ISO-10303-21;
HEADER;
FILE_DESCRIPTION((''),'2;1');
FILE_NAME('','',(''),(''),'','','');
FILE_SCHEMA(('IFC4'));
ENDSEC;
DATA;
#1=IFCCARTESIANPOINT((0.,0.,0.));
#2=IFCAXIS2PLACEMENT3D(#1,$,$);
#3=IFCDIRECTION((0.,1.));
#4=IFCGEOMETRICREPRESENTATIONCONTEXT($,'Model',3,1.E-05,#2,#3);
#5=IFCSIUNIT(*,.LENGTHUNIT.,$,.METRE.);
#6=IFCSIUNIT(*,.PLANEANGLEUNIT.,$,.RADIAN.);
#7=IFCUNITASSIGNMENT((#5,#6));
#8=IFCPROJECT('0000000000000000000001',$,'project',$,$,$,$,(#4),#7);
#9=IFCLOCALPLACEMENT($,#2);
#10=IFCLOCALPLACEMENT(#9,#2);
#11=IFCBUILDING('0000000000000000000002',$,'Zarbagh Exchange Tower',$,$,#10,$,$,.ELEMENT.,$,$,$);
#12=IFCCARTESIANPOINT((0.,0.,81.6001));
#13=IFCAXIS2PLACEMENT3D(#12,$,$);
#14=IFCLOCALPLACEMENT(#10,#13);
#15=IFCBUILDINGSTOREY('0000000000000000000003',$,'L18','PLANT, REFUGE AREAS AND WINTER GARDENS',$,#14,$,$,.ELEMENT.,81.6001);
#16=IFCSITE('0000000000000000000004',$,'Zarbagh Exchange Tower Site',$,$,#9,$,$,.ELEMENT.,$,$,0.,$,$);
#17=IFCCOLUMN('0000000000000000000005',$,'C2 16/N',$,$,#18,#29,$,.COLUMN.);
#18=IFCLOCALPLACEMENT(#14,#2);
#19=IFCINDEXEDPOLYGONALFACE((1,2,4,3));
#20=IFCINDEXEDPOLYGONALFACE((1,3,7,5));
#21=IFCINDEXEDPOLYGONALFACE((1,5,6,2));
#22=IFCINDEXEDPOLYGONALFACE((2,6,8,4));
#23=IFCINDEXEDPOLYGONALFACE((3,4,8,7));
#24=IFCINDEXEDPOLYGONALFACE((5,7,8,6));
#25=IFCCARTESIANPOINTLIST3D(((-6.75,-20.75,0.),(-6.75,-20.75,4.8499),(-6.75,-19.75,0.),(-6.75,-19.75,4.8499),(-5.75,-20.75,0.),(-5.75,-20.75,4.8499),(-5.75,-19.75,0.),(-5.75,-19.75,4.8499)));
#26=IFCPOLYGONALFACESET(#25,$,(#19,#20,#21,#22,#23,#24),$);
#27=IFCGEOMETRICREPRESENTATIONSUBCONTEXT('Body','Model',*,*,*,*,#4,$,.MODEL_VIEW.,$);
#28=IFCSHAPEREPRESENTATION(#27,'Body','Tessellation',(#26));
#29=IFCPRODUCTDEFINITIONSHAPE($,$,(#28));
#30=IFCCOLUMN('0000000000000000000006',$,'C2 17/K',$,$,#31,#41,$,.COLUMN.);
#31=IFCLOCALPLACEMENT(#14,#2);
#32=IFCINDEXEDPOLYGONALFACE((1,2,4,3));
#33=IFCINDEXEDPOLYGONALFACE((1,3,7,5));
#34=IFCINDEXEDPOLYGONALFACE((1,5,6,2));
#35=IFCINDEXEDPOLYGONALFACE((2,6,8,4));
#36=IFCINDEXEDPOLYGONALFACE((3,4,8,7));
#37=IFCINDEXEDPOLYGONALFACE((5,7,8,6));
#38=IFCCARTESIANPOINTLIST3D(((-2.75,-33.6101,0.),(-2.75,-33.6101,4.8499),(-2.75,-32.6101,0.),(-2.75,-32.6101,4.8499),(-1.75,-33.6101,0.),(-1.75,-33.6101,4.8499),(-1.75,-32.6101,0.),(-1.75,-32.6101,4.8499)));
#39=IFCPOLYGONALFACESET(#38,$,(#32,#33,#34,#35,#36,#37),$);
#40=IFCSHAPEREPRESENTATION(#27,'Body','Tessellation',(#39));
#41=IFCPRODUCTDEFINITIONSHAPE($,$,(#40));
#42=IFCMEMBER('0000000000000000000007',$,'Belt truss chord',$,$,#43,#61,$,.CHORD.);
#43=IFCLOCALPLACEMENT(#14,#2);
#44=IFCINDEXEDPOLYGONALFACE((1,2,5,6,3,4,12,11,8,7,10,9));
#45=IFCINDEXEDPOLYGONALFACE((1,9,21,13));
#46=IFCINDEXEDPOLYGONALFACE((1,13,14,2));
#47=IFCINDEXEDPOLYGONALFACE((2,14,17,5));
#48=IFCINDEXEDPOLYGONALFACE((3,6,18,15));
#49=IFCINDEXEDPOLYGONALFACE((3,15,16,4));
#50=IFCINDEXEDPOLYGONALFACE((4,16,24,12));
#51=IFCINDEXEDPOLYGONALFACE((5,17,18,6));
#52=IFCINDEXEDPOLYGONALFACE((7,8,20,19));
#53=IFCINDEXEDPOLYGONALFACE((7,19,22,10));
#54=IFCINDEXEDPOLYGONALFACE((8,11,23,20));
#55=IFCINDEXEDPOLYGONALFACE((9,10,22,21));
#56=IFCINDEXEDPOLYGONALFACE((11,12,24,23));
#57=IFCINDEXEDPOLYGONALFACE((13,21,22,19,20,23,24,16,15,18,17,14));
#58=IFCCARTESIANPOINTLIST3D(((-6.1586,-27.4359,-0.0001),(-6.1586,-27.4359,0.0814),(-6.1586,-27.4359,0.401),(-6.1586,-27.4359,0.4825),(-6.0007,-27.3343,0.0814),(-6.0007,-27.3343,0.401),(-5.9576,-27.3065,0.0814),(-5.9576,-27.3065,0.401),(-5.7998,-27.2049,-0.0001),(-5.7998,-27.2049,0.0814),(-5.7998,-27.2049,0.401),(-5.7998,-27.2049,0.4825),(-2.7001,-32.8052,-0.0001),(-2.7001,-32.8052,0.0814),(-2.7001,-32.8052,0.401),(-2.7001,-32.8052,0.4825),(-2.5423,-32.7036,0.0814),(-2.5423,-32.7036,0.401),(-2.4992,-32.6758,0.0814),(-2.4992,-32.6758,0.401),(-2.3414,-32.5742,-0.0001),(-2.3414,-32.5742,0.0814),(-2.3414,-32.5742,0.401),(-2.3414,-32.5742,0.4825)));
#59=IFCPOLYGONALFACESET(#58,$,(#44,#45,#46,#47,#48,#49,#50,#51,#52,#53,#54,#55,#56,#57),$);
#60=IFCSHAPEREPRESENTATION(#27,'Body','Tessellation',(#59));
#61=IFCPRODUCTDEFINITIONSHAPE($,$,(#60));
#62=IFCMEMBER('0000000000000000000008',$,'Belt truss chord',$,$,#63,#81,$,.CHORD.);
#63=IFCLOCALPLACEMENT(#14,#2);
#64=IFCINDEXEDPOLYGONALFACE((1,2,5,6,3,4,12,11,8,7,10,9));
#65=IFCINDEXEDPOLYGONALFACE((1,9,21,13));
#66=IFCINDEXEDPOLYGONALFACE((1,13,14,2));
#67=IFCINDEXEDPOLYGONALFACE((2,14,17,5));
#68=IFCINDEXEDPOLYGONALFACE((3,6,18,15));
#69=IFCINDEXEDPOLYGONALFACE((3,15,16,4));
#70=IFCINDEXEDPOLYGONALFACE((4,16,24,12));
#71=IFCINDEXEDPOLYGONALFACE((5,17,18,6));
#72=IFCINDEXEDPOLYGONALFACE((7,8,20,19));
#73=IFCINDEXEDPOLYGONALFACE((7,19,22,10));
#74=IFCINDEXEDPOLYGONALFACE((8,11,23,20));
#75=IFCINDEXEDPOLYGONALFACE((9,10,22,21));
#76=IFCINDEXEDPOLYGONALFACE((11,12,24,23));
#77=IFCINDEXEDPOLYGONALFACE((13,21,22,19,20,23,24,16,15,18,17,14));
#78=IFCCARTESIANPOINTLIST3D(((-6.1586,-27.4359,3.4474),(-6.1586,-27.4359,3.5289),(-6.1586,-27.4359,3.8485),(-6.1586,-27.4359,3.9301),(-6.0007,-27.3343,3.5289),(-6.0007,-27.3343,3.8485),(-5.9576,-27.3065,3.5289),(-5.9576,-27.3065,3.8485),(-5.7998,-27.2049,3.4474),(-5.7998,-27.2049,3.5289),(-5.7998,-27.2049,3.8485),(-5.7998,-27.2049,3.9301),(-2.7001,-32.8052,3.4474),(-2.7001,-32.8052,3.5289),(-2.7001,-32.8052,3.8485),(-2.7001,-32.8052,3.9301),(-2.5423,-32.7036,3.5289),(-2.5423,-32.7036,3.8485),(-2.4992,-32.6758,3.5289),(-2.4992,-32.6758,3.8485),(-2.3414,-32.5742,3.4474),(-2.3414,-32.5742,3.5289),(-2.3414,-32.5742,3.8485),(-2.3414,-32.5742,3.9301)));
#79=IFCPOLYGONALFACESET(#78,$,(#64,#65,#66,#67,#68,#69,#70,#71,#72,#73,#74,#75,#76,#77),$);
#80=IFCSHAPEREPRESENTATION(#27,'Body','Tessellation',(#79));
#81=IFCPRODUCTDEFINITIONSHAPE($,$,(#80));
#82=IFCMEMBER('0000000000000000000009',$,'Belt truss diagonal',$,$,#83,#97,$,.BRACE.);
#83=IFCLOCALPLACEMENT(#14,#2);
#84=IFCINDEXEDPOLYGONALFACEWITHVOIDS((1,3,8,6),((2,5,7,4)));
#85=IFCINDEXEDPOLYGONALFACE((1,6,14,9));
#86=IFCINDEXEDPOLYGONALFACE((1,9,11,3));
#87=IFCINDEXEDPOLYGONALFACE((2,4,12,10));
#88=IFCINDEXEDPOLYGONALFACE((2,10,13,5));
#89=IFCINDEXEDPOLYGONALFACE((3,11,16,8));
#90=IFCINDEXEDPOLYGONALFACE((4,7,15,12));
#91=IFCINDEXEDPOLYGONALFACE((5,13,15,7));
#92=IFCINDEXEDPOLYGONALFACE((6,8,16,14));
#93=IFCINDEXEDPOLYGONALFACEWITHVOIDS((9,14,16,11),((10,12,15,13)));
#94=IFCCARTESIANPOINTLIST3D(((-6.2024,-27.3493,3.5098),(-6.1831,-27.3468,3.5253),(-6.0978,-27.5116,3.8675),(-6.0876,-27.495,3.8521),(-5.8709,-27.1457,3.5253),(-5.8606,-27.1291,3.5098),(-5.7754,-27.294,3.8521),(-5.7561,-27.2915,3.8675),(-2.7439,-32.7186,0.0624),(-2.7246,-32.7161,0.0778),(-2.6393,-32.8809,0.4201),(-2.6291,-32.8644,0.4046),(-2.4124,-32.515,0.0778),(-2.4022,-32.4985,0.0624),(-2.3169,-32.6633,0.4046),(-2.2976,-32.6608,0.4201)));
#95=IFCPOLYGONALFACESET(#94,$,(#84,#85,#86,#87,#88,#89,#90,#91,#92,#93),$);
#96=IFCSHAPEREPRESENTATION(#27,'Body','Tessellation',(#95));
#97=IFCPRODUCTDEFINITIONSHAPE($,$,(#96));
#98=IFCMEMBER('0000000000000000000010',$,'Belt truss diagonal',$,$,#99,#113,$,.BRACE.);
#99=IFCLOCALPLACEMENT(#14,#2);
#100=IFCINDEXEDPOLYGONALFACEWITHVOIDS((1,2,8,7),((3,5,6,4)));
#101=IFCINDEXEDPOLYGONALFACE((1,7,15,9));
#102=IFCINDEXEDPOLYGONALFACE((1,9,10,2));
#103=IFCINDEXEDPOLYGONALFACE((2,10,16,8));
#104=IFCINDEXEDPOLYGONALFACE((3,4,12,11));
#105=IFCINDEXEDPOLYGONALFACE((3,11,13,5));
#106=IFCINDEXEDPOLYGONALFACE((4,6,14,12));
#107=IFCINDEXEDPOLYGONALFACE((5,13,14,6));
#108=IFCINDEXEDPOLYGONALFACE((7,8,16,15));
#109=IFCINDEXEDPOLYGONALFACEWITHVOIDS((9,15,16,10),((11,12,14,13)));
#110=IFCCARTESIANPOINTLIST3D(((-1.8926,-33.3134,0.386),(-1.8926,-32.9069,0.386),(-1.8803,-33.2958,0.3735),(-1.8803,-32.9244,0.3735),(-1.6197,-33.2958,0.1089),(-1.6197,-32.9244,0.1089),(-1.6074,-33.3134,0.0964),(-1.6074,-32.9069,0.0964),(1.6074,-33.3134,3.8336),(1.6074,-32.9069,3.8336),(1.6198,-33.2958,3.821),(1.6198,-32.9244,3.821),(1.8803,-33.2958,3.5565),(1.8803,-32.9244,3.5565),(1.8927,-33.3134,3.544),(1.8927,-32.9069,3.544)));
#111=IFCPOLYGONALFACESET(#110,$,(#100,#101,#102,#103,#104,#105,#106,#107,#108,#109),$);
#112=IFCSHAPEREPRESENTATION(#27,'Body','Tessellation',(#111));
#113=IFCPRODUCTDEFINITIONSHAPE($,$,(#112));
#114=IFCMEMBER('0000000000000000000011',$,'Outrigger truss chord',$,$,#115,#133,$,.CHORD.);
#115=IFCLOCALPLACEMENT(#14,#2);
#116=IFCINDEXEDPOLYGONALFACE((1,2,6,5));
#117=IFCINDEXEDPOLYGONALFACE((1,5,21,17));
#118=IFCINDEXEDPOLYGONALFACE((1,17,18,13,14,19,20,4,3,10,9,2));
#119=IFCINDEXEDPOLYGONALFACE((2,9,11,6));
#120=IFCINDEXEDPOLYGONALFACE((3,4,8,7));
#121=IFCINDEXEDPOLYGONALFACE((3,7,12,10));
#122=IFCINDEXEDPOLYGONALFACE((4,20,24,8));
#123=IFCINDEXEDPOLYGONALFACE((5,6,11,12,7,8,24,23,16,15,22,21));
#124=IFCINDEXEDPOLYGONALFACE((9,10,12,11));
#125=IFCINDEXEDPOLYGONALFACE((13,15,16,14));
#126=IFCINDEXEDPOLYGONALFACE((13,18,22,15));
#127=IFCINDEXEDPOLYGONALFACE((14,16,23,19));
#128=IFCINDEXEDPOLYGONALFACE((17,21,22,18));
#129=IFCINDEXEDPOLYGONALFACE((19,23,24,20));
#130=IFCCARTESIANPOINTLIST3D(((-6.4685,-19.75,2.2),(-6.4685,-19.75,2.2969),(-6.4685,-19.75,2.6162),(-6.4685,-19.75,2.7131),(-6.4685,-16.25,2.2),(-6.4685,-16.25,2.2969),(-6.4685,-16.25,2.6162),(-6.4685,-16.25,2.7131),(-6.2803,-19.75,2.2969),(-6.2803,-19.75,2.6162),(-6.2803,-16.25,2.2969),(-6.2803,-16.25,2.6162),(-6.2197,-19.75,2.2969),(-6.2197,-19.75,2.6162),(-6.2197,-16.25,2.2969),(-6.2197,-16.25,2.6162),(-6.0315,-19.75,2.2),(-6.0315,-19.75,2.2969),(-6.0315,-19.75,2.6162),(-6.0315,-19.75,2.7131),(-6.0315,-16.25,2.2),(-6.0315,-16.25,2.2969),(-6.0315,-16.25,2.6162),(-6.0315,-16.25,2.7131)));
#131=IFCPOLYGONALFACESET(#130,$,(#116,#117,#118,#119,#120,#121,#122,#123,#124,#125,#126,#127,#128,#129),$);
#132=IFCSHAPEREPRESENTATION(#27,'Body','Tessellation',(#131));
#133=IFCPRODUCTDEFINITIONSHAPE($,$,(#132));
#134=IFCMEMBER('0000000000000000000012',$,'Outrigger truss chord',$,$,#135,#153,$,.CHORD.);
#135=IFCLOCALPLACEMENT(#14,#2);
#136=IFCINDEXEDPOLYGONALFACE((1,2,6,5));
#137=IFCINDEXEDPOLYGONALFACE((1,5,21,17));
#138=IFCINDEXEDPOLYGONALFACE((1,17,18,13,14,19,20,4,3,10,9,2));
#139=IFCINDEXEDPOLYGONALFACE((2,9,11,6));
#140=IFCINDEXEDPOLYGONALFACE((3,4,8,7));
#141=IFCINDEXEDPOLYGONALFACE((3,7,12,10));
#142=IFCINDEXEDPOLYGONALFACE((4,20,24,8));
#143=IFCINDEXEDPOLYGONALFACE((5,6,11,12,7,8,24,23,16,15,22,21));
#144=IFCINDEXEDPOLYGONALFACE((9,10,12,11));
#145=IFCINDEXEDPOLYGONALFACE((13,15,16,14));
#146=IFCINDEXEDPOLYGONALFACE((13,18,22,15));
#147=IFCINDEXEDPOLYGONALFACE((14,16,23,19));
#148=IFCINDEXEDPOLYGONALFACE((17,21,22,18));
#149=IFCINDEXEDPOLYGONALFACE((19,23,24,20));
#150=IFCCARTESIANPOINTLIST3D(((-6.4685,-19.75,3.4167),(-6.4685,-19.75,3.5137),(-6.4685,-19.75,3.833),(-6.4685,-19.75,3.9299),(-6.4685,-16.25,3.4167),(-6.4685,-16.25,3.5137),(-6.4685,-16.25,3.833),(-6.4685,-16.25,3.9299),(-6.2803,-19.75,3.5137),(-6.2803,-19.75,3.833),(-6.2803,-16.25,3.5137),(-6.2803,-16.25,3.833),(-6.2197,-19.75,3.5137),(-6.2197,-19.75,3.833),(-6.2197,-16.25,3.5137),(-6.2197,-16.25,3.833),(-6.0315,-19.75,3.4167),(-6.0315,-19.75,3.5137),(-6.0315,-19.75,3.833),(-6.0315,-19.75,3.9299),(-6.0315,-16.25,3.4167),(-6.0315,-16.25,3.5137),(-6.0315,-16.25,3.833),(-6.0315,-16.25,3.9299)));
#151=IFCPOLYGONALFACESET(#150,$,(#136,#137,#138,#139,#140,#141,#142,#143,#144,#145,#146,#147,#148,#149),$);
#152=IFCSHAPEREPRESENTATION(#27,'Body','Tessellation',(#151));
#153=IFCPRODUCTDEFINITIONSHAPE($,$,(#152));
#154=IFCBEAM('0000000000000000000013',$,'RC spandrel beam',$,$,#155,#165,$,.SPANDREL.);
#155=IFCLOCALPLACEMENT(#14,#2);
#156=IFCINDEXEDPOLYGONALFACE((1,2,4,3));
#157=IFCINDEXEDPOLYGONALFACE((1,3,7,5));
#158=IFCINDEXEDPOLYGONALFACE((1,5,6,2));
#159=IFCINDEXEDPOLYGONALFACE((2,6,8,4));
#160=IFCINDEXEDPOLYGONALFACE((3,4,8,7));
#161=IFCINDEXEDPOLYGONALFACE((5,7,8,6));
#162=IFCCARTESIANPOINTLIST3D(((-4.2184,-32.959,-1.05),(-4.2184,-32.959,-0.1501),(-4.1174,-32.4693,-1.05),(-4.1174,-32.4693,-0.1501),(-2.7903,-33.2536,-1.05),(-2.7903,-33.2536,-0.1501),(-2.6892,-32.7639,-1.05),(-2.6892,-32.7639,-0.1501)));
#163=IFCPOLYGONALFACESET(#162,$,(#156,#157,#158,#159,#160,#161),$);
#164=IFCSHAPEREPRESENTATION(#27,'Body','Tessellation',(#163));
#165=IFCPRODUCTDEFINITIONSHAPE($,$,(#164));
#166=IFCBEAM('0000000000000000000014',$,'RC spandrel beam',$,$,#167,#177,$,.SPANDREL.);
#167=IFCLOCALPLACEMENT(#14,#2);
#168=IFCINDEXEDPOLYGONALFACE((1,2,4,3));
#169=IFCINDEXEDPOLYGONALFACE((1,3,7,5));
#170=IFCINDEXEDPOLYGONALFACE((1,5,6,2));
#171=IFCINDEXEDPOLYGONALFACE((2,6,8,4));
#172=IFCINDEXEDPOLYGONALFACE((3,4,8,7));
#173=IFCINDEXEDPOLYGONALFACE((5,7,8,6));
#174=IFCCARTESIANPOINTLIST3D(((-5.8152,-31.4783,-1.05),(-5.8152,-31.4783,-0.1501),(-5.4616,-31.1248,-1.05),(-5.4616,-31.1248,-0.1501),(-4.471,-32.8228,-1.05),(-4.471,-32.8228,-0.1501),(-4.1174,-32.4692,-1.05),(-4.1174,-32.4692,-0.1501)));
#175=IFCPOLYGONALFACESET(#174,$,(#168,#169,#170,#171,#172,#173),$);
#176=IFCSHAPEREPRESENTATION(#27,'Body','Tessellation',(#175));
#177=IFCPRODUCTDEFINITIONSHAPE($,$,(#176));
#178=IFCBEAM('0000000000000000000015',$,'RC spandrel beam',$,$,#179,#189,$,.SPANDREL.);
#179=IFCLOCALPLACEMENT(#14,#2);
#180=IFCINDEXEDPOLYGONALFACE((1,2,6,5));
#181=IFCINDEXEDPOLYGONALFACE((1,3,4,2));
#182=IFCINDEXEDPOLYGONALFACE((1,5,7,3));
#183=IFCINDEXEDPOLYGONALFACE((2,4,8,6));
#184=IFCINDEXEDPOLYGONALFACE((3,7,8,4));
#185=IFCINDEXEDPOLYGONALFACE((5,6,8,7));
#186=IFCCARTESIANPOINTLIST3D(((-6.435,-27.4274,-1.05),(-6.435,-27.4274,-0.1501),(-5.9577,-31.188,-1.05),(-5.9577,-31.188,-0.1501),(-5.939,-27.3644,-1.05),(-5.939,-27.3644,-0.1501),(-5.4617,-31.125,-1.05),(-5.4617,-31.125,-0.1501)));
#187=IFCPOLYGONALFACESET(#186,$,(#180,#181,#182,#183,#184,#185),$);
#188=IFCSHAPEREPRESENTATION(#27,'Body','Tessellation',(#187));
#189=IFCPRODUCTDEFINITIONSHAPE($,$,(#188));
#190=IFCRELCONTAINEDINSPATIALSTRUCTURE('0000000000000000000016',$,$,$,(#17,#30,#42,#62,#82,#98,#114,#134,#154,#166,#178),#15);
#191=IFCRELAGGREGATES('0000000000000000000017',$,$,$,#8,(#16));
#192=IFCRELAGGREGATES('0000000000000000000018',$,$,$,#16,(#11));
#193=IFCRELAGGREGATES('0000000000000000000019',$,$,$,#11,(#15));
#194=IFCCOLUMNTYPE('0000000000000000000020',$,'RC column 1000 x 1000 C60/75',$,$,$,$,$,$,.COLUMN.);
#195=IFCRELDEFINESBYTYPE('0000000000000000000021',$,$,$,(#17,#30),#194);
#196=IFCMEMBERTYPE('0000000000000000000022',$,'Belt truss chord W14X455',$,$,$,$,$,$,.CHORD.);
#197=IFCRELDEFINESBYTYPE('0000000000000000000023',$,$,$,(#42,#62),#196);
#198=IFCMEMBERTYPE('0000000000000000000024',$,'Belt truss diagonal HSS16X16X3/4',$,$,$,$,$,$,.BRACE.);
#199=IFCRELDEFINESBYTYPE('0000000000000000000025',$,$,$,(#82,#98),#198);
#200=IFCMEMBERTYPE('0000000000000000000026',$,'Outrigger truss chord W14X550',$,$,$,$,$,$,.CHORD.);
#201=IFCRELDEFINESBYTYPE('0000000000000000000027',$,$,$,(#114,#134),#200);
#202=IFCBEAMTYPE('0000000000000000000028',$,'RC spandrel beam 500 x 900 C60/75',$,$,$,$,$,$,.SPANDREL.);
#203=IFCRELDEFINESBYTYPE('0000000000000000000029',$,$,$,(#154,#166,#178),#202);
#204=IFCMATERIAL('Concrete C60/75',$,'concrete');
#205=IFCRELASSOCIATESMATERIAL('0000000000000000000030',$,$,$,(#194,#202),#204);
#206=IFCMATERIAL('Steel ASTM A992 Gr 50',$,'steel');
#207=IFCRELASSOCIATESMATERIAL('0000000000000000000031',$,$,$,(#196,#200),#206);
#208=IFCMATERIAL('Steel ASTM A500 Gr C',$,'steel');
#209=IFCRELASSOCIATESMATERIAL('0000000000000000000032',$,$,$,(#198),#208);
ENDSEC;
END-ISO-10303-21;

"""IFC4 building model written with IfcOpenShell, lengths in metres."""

from ifc_helpers import new_model, si_unit, direction, frame, origin, origin_2d, place, context, subcontext, project, spatial, rectangle, hollow_rectangle, i_section, extrude, material, material_profile, profile_set, type_object, element, save


model = new_model("IFC4")

# Units and contexts
model_context = context("Model", 3, precision=1e-05, world=origin(), true_north=direction((0.0, 1.0)))
body_context = subcontext(model_context, "Body", "Model", "MODEL_VIEW")
ifc_project = project(units=[si_unit("LENGTHUNIT", "METRE"), si_unit("PLANEANGLEUNIT", "RADIAN")], contexts=[model_context])

# Site, building, storey
site_placement = place(None, origin())
site = spatial("IfcSite", under=ifc_project, at=site_placement, Name="Zarbagh Exchange Tower Site", CompositionType="ELEMENT", RefElevation=0.0)
building_placement = place(site_placement, origin())
building = spatial("IfcBuilding", under=site, at=building_placement, Name="Zarbagh Exchange Tower", CompositionType="ELEMENT")
storey_placement = place(building_placement, frame((0.0, 0.0, 81.6001)))
storey = spatial("IfcBuildingStorey", under=building, at=storey_placement, Name="L18", Description="PLANT, REFUGE AREAS AND WINTER GARDENS", CompositionType="ELEMENT", Elevation=81.6001)

# Columns
ifc_material_1 = material(Name="Concrete C60/75", Category="concrete")
ifc_material_profile_1 = material_profile(ifc_material_1, rectangle(XDim=1.0, YDim=1.0, at=origin_2d()), Name="RC column 1000 x 1000 C60/75")
ifc_profile_set_1 = profile_set([ifc_material_profile_1], Name="Concrete C60/75")
column_type = type_object("IfcColumnType", Name="RC column 1000 x 1000 C60/75", PredefinedType="COLUMN", material=ifc_profile_set_1)
for number, where, z_axis, x_axis, name in (
    (1, (-6.25, -20.25, 0.0), (0.0, 0.0, 1.0), (1.0, 0.0, 0.0), "C2 16/N"),
    (2, (-2.25, -33.1101, 0.0), (0.0, 0.0, 1.0), (1.0, 0.0, 0.0), "C2 17/K"),
):
    element("IfcColumn", number, at=place(storey_placement, frame(where, z_axis=z_axis, x_axis=x_axis)), inside=storey, type_object=column_type, Name=name, PredefinedType="COLUMN", context=body_context, shape_type="SweptSolid", body=[
        extrude(rectangle(XDim=1.0, YDim=1.0, at=origin_2d()), origin(), (0.0, 0.0, 1.0), 4.8499),
    ])

# Members
ifc_material_2 = material(Name="Steel ASTM A992 Gr 50", Category="steel")
ifc_material_profile_2 = material_profile(ifc_material_2, i_section(OverallWidth=0.4268, OverallDepth=0.4827, WebThickness=0.0513, FlangeThickness=0.0815, at=origin_2d()), Name="W14X455")
ifc_profile_set_2 = profile_set([ifc_material_profile_2], Name="Steel ASTM A992 Gr 50")
member_type_1 = type_object("IfcMemberType", Name="Belt truss chord W14X455", PredefinedType="CHORD", material=ifc_profile_set_2)
for number, where, z_axis, x_axis, name in (
    (3, (-2.5208, -32.6897, 0.2412), (-0.541505, 0.840697, 0.0), (-0.840697, -0.541505, 0.0), "Belt truss chord"),
    (4, (-2.5208, -32.6897, 3.6887), (-0.541505, 0.840697, 0.0), (-0.840697, -0.541505, 0.0), "Belt truss chord"),
):
    element("IfcMember", number, at=place(storey_placement, frame(where, z_axis=z_axis, x_axis=x_axis)), inside=storey, type_object=member_type_1, Name=name, PredefinedType="CHORD", context=body_context, shape_type="SweptSolid", body=[
        extrude(i_section(OverallWidth=0.4268, OverallDepth=0.4827, WebThickness=0.0513, FlangeThickness=0.0815, at=origin_2d()), origin(), (0.0, 0.0, 1.0), 6.3867),
    ])
ifc_material_3 = material(Name="Steel ASTM A500 Gr C", Category="steel")
ifc_material_profile_3 = material_profile(ifc_material_3, hollow_rectangle(XDim=0.4065, YDim=0.4065, WallThickness=0.0176, at=origin_2d()), Name="HSS16X16X3/4")
ifc_profile_set_3 = profile_set([ifc_material_profile_3], Name="Steel ASTM A500 Gr C")
member_type_2 = type_object("IfcMemberType", Name="Belt truss diagonal HSS16X16X3/4", PredefinedType="BRACE", material=ifc_profile_set_3)
member_1_placement = place(storey_placement, frame((-2.5208, -32.6897, 0.2412), z_axis=(-0.476516, 0.739801, 0.475002), x_axis=(-0.840697, -0.541505, 0.0)))
element("IfcMember", 5, at=member_1_placement, inside=storey, type_object=member_type_2, Name="Belt truss diagonal", PredefinedType="BRACE", context=body_context, shape_type="SweptSolid", body=[
    extrude(hollow_rectangle(XDim=0.4065, YDim=0.4065, WallThickness=0.0176, at=origin_2d()), origin(), (0.0, 0.0, 1.0), 7.2578),
])
member_2_placement = place(storey_placement, frame((-1.75, -33.1101, 0.2412), z_axis=(0.712429, 0.0, 0.701744), x_axis=(0.0, 1.0, 0.0)))
element("IfcMember", 6, at=member_2_placement, inside=storey, type_object=member_type_2, Name="Belt truss diagonal", PredefinedType="BRACE", context=body_context, shape_type="SweptSolid", body=[
    extrude(hollow_rectangle(XDim=0.4065, YDim=0.4065, WallThickness=0.0176, at=origin_2d()), origin(), (0.0, 0.0, 1.0), 4.9128),
])
ifc_material_profile_4 = material_profile(ifc_material_2, i_section(OverallWidth=0.437, OverallDepth=0.5132, WebThickness=0.0605, FlangeThickness=0.0969, at=origin_2d()), Name="W14X550")
ifc_profile_set_4 = profile_set([ifc_material_profile_4], Name="Steel ASTM A992 Gr 50")
member_type_3 = type_object("IfcMemberType", Name="Outrigger truss chord W14X550", PredefinedType="CHORD", material=ifc_profile_set_4)
for number, where, z_axis, x_axis, name in (
    (7, (-6.25, -19.75, 2.4565), (0.0, 1.0, 0.0), (-1.0, 0.0, 0.0), "Outrigger truss chord"),
    (8, (-6.25, -19.75, 3.6733), (0.0, 1.0, 0.0), (-1.0, 0.0, 0.0), "Outrigger truss chord"),
):
    element("IfcMember", number, at=place(storey_placement, frame(where, z_axis=z_axis, x_axis=x_axis)), inside=storey, type_object=member_type_3, Name=name, PredefinedType="CHORD", context=body_context, shape_type="SweptSolid", body=[
        extrude(i_section(OverallWidth=0.437, OverallDepth=0.5132, WebThickness=0.0605, FlangeThickness=0.0969, at=origin_2d()), origin(), (0.0, 0.0, 1.0), 3.5),
    ])

# Beams
ifc_material_profile_5 = material_profile(ifc_material_1, rectangle(XDim=0.5, YDim=0.8999, at=origin_2d()), Name="RC spandrel beam 500 x 900 C60/75")
ifc_profile_set_5 = profile_set([ifc_material_profile_5], Name="Concrete C60/75")
beam_type = type_object("IfcBeamType", Name="RC spandrel beam 500 x 900 C60/75", PredefinedType="SPANDREL", material=ifc_profile_set_5)
beam_1_placement = place(storey_placement, frame((-2.7397, -33.0088, -0.6001), z_axis=(-0.979371, 0.202069, 0.0), x_axis=(-0.202069, -0.979371, 0.0)))
element("IfcBeam", 9, at=beam_1_placement, inside=storey, type_object=beam_type, Name="RC spandrel beam", PredefinedType="SPANDREL", context=body_context, shape_type="SweptSolid", body=[
    extrude(rectangle(XDim=0.5, YDim=0.8999, at=origin_2d()), origin(), (0.0, 0.0, 1.0), 1.4583),
])
beam_2_placement = place(storey_placement, frame((-4.2942, -32.646, -0.6001), z_axis=(-0.707043, 0.707171, 0.0), x_axis=(-0.707171, -0.707043, 0.0)))
element("IfcBeam", 10, at=beam_2_placement, inside=storey, type_object=beam_type, Name="RC spandrel beam", PredefinedType="SPANDREL", context=body_context, shape_type="SweptSolid", body=[
    extrude(rectangle(XDim=0.5, YDim=0.8999, at=origin_2d()), origin(), (0.0, 0.0, 1.0), 1.9011),
])
beam_3_placement = place(storey_placement, frame((-5.7097, -31.1565, -0.6001), z_axis=(-0.125913, 0.992041, 0.0), x_axis=(-0.992041, -0.125913, 0.0)))
element("IfcBeam", 11, at=beam_3_placement, inside=storey, type_object=beam_type, Name="RC spandrel beam", PredefinedType="SPANDREL", context=body_context, shape_type="SweptSolid", body=[
    extrude(rectangle(XDim=0.5, YDim=0.8999, at=origin_2d()), origin(), (0.0, 0.0, 1.0), 3.7908),
])

save(model, "model.ifc")
